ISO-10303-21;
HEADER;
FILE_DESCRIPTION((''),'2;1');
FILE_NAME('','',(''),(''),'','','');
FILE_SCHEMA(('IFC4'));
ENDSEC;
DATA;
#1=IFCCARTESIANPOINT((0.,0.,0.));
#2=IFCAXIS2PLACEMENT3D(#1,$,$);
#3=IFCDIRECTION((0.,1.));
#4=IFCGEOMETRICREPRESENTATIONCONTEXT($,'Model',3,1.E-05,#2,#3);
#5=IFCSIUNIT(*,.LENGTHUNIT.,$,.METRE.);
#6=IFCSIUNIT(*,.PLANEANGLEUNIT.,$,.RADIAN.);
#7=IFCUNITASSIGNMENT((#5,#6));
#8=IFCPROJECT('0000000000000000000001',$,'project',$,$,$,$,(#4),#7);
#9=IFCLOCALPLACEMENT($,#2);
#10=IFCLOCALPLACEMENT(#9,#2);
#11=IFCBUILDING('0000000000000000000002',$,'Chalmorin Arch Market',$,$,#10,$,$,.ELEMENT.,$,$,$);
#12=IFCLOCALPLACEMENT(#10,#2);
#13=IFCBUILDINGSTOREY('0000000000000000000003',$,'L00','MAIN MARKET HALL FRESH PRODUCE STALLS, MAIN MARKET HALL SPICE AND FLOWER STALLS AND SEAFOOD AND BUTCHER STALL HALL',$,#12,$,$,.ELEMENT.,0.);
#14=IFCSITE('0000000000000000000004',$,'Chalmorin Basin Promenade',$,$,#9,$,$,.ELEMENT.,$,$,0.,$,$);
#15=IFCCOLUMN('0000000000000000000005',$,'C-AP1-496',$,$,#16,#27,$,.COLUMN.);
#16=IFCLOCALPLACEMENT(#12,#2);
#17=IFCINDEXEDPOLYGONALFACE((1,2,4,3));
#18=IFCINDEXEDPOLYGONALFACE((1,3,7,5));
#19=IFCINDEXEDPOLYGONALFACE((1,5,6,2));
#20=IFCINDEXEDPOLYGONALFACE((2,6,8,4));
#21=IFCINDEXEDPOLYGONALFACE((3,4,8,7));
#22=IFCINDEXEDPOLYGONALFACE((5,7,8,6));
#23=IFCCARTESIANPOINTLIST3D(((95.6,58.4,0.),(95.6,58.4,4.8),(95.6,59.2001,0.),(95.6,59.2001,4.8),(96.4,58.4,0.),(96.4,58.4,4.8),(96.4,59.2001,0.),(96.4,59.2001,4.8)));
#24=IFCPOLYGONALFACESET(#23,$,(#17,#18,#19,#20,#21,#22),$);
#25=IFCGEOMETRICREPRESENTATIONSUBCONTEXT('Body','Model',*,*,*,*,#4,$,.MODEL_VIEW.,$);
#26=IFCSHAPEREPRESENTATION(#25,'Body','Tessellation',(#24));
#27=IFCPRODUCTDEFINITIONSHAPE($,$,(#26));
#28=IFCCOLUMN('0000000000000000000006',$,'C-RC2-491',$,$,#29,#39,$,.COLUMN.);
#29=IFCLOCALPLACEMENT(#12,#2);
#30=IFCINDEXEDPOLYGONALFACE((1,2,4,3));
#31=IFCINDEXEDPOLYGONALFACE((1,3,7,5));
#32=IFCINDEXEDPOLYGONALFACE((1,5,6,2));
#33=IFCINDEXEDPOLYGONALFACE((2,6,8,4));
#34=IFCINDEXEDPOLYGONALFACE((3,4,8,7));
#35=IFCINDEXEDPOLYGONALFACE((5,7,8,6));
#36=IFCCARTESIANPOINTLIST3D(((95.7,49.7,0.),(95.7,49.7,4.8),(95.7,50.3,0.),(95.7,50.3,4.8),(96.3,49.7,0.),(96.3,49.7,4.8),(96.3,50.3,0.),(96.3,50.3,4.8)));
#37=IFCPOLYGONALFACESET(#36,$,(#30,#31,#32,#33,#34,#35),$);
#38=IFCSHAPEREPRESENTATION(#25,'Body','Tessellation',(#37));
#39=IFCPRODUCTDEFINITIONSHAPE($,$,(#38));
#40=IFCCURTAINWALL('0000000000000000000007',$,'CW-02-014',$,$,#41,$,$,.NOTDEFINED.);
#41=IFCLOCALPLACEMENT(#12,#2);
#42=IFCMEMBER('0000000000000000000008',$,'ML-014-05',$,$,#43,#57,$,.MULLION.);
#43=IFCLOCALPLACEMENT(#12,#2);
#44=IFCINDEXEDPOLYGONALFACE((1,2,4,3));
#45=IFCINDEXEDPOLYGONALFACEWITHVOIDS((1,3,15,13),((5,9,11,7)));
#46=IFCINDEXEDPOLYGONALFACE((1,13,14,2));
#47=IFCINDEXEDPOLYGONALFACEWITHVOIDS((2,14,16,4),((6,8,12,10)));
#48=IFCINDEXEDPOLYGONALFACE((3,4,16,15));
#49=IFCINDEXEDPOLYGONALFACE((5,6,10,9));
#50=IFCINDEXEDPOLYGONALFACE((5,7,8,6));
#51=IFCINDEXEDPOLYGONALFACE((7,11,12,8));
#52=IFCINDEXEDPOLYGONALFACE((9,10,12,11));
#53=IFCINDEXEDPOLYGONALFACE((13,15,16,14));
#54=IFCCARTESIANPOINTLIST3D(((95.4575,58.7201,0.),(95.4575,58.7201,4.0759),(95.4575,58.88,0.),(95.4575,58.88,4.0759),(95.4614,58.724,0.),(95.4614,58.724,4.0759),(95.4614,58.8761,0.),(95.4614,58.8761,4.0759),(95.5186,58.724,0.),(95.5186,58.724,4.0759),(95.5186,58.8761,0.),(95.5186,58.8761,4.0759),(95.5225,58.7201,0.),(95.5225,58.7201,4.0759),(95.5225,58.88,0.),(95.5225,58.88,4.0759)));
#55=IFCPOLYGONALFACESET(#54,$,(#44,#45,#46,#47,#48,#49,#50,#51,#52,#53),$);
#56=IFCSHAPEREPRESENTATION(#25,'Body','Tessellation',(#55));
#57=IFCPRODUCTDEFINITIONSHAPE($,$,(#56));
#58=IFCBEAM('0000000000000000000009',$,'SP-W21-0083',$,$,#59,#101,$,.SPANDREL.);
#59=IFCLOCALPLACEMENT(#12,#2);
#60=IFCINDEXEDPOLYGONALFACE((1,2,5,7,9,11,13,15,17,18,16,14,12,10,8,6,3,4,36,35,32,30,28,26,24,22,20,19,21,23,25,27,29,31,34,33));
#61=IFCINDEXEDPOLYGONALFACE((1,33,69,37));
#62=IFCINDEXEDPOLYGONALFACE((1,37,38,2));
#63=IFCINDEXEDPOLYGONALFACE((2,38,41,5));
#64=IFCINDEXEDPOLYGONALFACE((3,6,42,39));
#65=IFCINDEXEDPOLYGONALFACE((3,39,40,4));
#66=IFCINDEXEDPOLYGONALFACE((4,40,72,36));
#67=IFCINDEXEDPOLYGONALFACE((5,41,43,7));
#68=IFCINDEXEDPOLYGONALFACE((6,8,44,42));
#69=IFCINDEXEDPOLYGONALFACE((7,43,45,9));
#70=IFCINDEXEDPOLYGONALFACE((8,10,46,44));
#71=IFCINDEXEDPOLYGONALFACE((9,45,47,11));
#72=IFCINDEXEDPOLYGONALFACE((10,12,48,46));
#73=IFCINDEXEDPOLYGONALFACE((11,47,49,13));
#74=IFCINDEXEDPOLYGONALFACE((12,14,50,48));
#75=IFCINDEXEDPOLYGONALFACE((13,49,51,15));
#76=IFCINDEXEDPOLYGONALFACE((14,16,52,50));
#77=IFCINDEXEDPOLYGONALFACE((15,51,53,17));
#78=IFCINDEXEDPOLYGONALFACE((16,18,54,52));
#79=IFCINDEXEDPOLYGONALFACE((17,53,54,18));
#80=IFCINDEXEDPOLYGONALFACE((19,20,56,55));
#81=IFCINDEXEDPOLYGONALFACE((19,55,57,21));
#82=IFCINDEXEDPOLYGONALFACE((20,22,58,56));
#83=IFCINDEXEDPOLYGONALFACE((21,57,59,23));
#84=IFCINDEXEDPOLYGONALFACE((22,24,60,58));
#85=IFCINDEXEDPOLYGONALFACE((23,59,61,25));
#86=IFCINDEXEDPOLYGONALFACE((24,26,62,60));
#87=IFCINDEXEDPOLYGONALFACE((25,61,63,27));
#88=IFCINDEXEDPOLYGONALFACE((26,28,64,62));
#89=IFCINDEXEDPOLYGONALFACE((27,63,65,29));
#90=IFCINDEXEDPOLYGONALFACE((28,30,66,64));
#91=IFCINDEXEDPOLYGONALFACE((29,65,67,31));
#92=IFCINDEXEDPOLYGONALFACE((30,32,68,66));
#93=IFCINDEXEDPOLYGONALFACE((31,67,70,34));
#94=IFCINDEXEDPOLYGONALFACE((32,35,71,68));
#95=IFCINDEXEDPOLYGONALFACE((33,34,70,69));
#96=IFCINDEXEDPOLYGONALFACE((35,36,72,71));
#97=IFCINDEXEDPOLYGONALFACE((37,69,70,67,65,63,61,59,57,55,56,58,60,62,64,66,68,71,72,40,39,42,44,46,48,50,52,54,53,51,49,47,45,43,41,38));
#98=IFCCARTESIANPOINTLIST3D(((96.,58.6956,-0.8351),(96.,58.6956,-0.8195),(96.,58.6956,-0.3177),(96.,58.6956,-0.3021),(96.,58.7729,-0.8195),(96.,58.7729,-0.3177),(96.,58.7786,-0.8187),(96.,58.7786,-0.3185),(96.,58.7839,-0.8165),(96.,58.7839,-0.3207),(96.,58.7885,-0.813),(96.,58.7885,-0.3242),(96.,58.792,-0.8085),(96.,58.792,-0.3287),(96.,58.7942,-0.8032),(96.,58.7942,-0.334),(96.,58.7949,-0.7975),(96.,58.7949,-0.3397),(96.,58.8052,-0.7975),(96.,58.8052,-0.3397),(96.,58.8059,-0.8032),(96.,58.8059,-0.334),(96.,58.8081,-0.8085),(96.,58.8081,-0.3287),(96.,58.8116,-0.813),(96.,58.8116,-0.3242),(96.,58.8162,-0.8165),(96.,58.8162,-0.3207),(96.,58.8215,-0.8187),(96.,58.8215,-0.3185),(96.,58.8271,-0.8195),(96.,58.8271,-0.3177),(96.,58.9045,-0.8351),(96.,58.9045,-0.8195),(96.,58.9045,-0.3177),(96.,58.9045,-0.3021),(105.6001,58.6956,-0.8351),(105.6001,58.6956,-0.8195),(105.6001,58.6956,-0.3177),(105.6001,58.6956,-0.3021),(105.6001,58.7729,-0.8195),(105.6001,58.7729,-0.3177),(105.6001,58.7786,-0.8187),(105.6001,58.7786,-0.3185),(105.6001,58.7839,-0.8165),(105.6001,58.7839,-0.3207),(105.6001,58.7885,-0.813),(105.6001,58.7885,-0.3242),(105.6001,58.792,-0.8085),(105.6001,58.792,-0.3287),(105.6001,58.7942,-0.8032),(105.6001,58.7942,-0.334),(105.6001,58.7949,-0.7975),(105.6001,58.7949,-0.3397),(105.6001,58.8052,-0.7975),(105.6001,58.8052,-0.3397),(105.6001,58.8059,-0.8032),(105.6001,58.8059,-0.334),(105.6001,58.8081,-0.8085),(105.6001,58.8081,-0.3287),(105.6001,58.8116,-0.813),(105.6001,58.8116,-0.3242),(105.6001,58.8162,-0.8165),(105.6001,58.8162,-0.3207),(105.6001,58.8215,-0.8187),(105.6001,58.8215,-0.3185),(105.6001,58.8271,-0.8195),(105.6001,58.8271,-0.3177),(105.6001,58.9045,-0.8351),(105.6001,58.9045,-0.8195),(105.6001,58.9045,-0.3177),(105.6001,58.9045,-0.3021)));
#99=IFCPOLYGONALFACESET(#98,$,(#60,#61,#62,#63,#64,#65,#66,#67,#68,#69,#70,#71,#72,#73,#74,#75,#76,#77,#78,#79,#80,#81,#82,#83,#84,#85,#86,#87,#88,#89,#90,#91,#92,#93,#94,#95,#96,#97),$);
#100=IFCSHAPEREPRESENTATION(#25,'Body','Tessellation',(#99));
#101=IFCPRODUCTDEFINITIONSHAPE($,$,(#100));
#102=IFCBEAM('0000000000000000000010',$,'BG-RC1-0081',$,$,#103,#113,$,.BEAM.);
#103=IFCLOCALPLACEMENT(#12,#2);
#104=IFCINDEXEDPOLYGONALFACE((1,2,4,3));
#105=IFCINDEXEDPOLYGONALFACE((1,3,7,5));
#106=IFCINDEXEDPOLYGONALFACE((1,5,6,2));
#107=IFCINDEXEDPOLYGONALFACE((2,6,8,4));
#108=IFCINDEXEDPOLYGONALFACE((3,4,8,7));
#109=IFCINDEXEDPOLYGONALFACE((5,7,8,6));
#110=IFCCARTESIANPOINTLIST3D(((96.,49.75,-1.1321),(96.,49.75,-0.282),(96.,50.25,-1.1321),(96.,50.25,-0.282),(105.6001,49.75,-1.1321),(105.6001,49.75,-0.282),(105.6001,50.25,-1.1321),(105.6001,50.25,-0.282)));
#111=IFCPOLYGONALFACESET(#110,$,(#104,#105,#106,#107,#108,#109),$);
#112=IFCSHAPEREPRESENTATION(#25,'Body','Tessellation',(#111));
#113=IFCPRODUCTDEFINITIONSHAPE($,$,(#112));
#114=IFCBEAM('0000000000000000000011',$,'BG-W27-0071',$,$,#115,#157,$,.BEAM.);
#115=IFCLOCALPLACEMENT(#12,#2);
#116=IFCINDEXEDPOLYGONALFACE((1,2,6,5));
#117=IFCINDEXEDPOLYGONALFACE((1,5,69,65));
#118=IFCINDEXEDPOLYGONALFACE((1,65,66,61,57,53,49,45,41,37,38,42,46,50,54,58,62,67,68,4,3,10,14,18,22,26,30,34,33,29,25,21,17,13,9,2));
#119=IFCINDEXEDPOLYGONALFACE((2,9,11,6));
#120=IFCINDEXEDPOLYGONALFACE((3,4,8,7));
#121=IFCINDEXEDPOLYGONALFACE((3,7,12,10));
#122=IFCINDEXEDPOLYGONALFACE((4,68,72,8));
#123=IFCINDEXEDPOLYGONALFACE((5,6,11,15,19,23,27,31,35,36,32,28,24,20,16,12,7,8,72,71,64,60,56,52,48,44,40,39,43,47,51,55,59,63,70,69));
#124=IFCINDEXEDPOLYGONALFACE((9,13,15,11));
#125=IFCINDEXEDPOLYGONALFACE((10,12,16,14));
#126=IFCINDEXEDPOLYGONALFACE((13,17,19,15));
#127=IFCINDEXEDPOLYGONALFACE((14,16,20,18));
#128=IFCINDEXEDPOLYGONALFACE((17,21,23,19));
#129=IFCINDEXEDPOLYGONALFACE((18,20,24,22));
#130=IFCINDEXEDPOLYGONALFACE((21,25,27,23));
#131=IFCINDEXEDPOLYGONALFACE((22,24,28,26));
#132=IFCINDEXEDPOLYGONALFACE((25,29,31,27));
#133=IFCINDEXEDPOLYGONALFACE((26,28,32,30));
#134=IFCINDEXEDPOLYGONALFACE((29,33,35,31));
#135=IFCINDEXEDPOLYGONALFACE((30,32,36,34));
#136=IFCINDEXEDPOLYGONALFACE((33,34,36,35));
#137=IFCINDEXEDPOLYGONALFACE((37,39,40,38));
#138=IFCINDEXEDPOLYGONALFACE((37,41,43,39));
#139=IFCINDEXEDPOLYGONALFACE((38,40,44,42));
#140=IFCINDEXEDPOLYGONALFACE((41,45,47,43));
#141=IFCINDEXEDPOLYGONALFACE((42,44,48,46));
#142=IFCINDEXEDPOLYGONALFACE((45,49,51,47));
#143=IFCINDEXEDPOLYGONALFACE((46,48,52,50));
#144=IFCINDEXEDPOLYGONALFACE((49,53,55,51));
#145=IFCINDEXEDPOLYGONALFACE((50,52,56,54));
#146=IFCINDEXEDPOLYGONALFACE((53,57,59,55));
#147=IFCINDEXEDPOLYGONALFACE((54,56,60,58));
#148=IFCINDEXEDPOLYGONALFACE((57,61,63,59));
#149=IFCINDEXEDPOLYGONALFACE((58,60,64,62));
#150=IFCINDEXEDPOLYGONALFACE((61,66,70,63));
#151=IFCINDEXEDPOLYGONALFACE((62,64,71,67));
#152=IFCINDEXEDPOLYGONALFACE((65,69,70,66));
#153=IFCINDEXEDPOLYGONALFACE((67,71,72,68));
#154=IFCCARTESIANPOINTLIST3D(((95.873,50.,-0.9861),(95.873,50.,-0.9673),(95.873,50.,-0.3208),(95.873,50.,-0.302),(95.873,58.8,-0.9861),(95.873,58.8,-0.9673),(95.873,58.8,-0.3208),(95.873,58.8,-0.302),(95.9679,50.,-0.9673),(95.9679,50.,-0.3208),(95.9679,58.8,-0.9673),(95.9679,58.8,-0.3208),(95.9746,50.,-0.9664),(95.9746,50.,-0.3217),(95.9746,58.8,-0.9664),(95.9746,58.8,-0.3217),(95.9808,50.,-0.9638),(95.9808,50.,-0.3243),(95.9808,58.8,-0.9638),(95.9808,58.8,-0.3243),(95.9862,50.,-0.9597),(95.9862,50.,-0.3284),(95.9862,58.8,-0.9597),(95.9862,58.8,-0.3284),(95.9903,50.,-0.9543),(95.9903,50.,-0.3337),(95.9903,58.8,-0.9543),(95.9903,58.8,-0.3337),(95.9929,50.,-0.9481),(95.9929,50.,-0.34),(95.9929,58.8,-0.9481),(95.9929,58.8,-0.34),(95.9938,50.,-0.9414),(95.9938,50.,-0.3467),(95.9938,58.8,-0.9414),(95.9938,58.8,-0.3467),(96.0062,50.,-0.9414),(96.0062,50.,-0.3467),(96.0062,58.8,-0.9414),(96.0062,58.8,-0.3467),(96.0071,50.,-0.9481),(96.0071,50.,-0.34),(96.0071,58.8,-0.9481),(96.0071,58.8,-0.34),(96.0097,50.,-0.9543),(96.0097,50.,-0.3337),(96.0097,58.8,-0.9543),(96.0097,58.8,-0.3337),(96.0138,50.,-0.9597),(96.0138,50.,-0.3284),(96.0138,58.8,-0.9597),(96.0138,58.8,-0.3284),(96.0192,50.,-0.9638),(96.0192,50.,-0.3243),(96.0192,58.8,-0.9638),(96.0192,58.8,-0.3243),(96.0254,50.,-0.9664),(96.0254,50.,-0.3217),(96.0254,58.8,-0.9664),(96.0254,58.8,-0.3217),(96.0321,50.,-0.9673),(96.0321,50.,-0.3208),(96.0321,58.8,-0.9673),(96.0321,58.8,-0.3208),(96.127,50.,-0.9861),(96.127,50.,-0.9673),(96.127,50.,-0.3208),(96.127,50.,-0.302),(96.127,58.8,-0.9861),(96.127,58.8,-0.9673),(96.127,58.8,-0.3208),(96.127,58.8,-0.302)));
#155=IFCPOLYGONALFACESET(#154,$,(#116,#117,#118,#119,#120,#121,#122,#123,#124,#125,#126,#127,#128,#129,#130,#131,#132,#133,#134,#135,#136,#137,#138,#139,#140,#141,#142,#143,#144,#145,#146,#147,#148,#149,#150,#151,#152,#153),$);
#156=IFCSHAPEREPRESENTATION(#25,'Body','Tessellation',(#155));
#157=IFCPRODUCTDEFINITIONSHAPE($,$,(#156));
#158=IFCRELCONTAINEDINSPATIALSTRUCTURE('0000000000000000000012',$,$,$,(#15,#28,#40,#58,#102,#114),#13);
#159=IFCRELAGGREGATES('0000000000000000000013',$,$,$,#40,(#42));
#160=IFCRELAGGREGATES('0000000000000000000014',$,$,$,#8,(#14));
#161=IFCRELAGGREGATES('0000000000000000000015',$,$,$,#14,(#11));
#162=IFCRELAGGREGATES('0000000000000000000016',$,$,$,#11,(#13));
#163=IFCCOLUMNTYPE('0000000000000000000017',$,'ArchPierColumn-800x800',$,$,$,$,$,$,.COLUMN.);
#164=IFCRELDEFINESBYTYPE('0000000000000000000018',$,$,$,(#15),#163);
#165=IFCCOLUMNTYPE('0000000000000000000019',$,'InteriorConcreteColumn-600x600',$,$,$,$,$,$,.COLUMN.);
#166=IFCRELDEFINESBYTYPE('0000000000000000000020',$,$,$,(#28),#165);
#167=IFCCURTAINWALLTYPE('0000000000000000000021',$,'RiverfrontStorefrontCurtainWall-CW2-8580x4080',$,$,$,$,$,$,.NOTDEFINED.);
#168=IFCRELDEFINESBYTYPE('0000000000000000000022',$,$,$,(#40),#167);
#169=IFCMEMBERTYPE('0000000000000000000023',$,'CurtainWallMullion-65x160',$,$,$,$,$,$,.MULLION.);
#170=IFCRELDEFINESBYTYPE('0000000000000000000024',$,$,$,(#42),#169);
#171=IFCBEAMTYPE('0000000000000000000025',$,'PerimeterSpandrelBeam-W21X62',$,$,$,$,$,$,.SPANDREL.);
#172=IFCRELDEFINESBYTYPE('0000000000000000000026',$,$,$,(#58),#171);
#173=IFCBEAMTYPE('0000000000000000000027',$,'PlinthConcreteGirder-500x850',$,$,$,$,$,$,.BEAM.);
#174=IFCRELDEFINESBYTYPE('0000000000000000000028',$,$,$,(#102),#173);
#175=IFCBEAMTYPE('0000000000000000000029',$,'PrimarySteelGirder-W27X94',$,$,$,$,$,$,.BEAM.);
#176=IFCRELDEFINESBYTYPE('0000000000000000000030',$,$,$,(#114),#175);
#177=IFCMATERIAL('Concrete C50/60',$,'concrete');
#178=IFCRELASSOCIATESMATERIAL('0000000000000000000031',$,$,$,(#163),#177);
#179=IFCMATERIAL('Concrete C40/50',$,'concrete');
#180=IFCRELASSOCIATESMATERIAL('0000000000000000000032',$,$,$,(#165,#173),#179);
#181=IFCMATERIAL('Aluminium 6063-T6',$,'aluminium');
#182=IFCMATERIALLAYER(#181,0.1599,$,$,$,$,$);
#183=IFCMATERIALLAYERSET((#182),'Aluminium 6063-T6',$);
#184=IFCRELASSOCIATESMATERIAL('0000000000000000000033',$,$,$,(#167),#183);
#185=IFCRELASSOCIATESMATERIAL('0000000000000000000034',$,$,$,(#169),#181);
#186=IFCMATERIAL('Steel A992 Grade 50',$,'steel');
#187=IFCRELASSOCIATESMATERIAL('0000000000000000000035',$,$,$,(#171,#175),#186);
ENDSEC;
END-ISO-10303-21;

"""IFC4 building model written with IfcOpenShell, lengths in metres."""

from ifc_helpers import new_model, si_unit, direction, frame, origin, origin_2d, place, context, subcontext, project, spatial, rectangle, hollow_rectangle, i_section, extrude, material, layer, layer_set, material_profile, profile_set, type_object, element, aggregate, save


model = new_model("IFC4")

# Units and contexts
model_context = context("Model", 3, precision=1e-05, world=origin(), true_north=direction((0.0, 1.0)))
body_context = subcontext(model_context, "Body", "Model", "MODEL_VIEW")
ifc_project = project(units=[si_unit("LENGTHUNIT", "METRE"), si_unit("PLANEANGLEUNIT", "RADIAN")], contexts=[model_context])

# Site, building, storey
site_placement = place(None, origin())
site = spatial("IfcSite", under=ifc_project, at=site_placement, Name="Chalmorin Basin Promenade", CompositionType="ELEMENT", RefElevation=0.0)
building_placement = place(site_placement, origin())
building = spatial("IfcBuilding", under=site, at=building_placement, Name="Chalmorin Arch Market", CompositionType="ELEMENT")
storey_placement = place(building_placement, origin())
storey = spatial("IfcBuildingStorey", under=building, at=storey_placement, Name="L00", Description="MAIN MARKET HALL FRESH PRODUCE STALLS, MAIN MARKET HALL SPICE AND FLOWER STALLS AND SEAFOOD AND BUTCHER STALL HALL", CompositionType="ELEMENT", Elevation=0.0)

# Columns
ifc_material_1 = material(Name="Concrete C50/60", Category="concrete")
ifc_material_profile_1 = material_profile(ifc_material_1, rectangle(XDim=0.8, YDim=0.8, at=origin_2d()), Name="RC800X800")
ifc_profile_set_1 = profile_set([ifc_material_profile_1], Name="Concrete C50/60")
column_type_1 = type_object("IfcColumnType", Name="ArchPierColumn-800x800", PredefinedType="COLUMN", material=ifc_profile_set_1)
column_1_placement = place(storey_placement, frame((96.0, 58.8, 0.0), z_axis=(0.0, 0.0, 1.0), x_axis=(1.0, 0.0, 0.0)))
element("IfcColumn", 1, at=column_1_placement, inside=storey, type_object=column_type_1, Name="C-AP1-496", PredefinedType="COLUMN", context=body_context, shape_type="SweptSolid", body=[
    extrude(rectangle(XDim=0.8, YDim=0.8, at=origin_2d()), origin(), (0.0, 0.0, 1.0), 4.8),
])
ifc_material_2 = material(Name="Concrete C40/50", Category="concrete")
ifc_material_profile_2 = material_profile(ifc_material_2, rectangle(XDim=0.6001, YDim=0.6001, at=origin_2d()), Name="RC600X600")
ifc_profile_set_2 = profile_set([ifc_material_profile_2], Name="Concrete C40/50")
column_type_2 = type_object("IfcColumnType", Name="InteriorConcreteColumn-600x600", PredefinedType="COLUMN", material=ifc_profile_set_2)
column_2_placement = place(storey_placement, frame((96.0, 50.0, 0.0), z_axis=(0.0, 0.0, 1.0), x_axis=(1.0, 0.0, 0.0)))
element("IfcColumn", 2, at=column_2_placement, inside=storey, type_object=column_type_2, Name="C-RC2-491", PredefinedType="COLUMN", context=body_context, shape_type="SweptSolid", body=[
    extrude(rectangle(XDim=0.6001, YDim=0.6001, at=origin_2d()), origin(), (0.0, 0.0, 1.0), 4.8),
])

# Curtain wall, member
ifc_material_3 = material(Name="Aluminium 6063-T6", Category="aluminium")
ifc_layer_1 = layer(ifc_material_3, 0.1599)
ifc_layer_set_1 = layer_set([ifc_layer_1], Name="Aluminium 6063-T6")
curtain_wall_type = type_object("IfcCurtainWallType", Name="RiverfrontStorefrontCurtainWall-CW2-8580x4080", PredefinedType="NOTDEFINED", material=ifc_layer_set_1)
curtain_wall_placement = place(storey_placement, origin())
curtain_wall = element("IfcCurtainWall", 3, at=curtain_wall_placement, inside=storey, type_object=curtain_wall_type, Name="CW-02-014", PredefinedType="NOTDEFINED")
ifc_material_profile_3 = material_profile(ifc_material_3, hollow_rectangle(XDim=0.0649, YDim=0.1599, WallThickness=0.0039, at=origin_2d()), Name="ALU65X160X4")
ifc_profile_set_3 = profile_set([ifc_material_profile_3], Name="Aluminium 6063-T6")
member_type = type_object("IfcMemberType", Name="CurtainWallMullion-65x160", PredefinedType="MULLION", material=ifc_profile_set_3)
member_placement = place(storey_placement, frame((95.49, 58.8, 0.0), z_axis=(0.0, 0.0, 1.0), x_axis=(1.0, 0.0, 0.0)))
member = element("IfcMember", 4, at=member_placement, type_object=member_type, Name="ML-014-05", PredefinedType="MULLION", context=body_context, shape_type="SweptSolid", body=[
    extrude(hollow_rectangle(XDim=0.0649, YDim=0.1599, WallThickness=0.0039, at=origin_2d()), origin(), (0.0, 0.0, 1.0), 4.0759),
])

# Beams
ifc_material_4 = material(Name="Steel A992 Grade 50", Category="steel")
ifc_material_profile_4 = material_profile(ifc_material_4, i_section(OverallWidth=0.209, OverallDepth=0.533, WebThickness=0.0103, FlangeThickness=0.0156, FilletRadius=0.022, at=origin_2d()), Name="W21X62")
ifc_profile_set_4 = profile_set([ifc_material_profile_4], Name="Steel A992 Grade 50")
beam_type_1 = type_object("IfcBeamType", Name="PerimeterSpandrelBeam-W21X62", PredefinedType="SPANDREL", material=ifc_profile_set_4)
beam_1_placement = place(storey_placement, frame((96.0, 58.8, -0.5686), z_axis=(1.0, 0.0, 0.0), x_axis=(0.0, 1.0, 0.0)))
element("IfcBeam", 5, at=beam_1_placement, inside=storey, type_object=beam_type_1, Name="SP-W21-0083", PredefinedType="SPANDREL", context=body_context, shape_type="SweptSolid", body=[
    extrude(i_section(OverallWidth=0.209, OverallDepth=0.533, WebThickness=0.0103, FlangeThickness=0.0156, FilletRadius=0.022, at=origin_2d()), origin(), (0.0, 0.0, 1.0), 9.6001),
])
ifc_material_profile_5 = material_profile(ifc_material_2, rectangle(XDim=0.5, YDim=0.8501, at=origin_2d()), Name="RC500X850")
ifc_profile_set_5 = profile_set([ifc_material_profile_5], Name="Concrete C40/50")
beam_type_2 = type_object("IfcBeamType", Name="PlinthConcreteGirder-500x850", PredefinedType="BEAM", material=ifc_profile_set_5)
beam_2_placement = place(storey_placement, frame((96.0, 50.0, -0.707), z_axis=(1.0, 0.0, 0.0), x_axis=(0.0, 1.0, 0.0)))
element("IfcBeam", 6, at=beam_2_placement, inside=storey, type_object=beam_type_2, Name="BG-RC1-0081", PredefinedType="BEAM", context=body_context, shape_type="SweptSolid", body=[
    extrude(rectangle(XDim=0.5, YDim=0.8501, at=origin_2d()), origin(), (0.0, 0.0, 1.0), 9.6001),
])
ifc_material_profile_6 = material_profile(ifc_material_4, i_section(OverallWidth=0.2539, OverallDepth=0.6841, WebThickness=0.0125, FlangeThickness=0.0188, FilletRadius=0.0259, at=origin_2d()), Name="W27X94")
ifc_profile_set_6 = profile_set([ifc_material_profile_6], Name="Steel A992 Grade 50")
beam_type_3 = type_object("IfcBeamType", Name="PrimarySteelGirder-W27X94", PredefinedType="BEAM", material=ifc_profile_set_6)
beam_3_placement = place(storey_placement, frame((96.0, 50.0, -0.644), z_axis=(0.0, 1.0, 0.0), x_axis=(-1.0, 0.0, 0.0)))
element("IfcBeam", 7, at=beam_3_placement, inside=storey, type_object=beam_type_3, Name="BG-W27-0071", PredefinedType="BEAM", context=body_context, shape_type="SweptSolid", body=[
    extrude(i_section(OverallWidth=0.2539, OverallDepth=0.6841, WebThickness=0.0125, FlangeThickness=0.0188, FilletRadius=0.0259, at=origin_2d()), origin(), (0.0, 0.0, 1.0), 8.8),
])

aggregate(curtain_wall, [member])

save(model, "model.ifc")
